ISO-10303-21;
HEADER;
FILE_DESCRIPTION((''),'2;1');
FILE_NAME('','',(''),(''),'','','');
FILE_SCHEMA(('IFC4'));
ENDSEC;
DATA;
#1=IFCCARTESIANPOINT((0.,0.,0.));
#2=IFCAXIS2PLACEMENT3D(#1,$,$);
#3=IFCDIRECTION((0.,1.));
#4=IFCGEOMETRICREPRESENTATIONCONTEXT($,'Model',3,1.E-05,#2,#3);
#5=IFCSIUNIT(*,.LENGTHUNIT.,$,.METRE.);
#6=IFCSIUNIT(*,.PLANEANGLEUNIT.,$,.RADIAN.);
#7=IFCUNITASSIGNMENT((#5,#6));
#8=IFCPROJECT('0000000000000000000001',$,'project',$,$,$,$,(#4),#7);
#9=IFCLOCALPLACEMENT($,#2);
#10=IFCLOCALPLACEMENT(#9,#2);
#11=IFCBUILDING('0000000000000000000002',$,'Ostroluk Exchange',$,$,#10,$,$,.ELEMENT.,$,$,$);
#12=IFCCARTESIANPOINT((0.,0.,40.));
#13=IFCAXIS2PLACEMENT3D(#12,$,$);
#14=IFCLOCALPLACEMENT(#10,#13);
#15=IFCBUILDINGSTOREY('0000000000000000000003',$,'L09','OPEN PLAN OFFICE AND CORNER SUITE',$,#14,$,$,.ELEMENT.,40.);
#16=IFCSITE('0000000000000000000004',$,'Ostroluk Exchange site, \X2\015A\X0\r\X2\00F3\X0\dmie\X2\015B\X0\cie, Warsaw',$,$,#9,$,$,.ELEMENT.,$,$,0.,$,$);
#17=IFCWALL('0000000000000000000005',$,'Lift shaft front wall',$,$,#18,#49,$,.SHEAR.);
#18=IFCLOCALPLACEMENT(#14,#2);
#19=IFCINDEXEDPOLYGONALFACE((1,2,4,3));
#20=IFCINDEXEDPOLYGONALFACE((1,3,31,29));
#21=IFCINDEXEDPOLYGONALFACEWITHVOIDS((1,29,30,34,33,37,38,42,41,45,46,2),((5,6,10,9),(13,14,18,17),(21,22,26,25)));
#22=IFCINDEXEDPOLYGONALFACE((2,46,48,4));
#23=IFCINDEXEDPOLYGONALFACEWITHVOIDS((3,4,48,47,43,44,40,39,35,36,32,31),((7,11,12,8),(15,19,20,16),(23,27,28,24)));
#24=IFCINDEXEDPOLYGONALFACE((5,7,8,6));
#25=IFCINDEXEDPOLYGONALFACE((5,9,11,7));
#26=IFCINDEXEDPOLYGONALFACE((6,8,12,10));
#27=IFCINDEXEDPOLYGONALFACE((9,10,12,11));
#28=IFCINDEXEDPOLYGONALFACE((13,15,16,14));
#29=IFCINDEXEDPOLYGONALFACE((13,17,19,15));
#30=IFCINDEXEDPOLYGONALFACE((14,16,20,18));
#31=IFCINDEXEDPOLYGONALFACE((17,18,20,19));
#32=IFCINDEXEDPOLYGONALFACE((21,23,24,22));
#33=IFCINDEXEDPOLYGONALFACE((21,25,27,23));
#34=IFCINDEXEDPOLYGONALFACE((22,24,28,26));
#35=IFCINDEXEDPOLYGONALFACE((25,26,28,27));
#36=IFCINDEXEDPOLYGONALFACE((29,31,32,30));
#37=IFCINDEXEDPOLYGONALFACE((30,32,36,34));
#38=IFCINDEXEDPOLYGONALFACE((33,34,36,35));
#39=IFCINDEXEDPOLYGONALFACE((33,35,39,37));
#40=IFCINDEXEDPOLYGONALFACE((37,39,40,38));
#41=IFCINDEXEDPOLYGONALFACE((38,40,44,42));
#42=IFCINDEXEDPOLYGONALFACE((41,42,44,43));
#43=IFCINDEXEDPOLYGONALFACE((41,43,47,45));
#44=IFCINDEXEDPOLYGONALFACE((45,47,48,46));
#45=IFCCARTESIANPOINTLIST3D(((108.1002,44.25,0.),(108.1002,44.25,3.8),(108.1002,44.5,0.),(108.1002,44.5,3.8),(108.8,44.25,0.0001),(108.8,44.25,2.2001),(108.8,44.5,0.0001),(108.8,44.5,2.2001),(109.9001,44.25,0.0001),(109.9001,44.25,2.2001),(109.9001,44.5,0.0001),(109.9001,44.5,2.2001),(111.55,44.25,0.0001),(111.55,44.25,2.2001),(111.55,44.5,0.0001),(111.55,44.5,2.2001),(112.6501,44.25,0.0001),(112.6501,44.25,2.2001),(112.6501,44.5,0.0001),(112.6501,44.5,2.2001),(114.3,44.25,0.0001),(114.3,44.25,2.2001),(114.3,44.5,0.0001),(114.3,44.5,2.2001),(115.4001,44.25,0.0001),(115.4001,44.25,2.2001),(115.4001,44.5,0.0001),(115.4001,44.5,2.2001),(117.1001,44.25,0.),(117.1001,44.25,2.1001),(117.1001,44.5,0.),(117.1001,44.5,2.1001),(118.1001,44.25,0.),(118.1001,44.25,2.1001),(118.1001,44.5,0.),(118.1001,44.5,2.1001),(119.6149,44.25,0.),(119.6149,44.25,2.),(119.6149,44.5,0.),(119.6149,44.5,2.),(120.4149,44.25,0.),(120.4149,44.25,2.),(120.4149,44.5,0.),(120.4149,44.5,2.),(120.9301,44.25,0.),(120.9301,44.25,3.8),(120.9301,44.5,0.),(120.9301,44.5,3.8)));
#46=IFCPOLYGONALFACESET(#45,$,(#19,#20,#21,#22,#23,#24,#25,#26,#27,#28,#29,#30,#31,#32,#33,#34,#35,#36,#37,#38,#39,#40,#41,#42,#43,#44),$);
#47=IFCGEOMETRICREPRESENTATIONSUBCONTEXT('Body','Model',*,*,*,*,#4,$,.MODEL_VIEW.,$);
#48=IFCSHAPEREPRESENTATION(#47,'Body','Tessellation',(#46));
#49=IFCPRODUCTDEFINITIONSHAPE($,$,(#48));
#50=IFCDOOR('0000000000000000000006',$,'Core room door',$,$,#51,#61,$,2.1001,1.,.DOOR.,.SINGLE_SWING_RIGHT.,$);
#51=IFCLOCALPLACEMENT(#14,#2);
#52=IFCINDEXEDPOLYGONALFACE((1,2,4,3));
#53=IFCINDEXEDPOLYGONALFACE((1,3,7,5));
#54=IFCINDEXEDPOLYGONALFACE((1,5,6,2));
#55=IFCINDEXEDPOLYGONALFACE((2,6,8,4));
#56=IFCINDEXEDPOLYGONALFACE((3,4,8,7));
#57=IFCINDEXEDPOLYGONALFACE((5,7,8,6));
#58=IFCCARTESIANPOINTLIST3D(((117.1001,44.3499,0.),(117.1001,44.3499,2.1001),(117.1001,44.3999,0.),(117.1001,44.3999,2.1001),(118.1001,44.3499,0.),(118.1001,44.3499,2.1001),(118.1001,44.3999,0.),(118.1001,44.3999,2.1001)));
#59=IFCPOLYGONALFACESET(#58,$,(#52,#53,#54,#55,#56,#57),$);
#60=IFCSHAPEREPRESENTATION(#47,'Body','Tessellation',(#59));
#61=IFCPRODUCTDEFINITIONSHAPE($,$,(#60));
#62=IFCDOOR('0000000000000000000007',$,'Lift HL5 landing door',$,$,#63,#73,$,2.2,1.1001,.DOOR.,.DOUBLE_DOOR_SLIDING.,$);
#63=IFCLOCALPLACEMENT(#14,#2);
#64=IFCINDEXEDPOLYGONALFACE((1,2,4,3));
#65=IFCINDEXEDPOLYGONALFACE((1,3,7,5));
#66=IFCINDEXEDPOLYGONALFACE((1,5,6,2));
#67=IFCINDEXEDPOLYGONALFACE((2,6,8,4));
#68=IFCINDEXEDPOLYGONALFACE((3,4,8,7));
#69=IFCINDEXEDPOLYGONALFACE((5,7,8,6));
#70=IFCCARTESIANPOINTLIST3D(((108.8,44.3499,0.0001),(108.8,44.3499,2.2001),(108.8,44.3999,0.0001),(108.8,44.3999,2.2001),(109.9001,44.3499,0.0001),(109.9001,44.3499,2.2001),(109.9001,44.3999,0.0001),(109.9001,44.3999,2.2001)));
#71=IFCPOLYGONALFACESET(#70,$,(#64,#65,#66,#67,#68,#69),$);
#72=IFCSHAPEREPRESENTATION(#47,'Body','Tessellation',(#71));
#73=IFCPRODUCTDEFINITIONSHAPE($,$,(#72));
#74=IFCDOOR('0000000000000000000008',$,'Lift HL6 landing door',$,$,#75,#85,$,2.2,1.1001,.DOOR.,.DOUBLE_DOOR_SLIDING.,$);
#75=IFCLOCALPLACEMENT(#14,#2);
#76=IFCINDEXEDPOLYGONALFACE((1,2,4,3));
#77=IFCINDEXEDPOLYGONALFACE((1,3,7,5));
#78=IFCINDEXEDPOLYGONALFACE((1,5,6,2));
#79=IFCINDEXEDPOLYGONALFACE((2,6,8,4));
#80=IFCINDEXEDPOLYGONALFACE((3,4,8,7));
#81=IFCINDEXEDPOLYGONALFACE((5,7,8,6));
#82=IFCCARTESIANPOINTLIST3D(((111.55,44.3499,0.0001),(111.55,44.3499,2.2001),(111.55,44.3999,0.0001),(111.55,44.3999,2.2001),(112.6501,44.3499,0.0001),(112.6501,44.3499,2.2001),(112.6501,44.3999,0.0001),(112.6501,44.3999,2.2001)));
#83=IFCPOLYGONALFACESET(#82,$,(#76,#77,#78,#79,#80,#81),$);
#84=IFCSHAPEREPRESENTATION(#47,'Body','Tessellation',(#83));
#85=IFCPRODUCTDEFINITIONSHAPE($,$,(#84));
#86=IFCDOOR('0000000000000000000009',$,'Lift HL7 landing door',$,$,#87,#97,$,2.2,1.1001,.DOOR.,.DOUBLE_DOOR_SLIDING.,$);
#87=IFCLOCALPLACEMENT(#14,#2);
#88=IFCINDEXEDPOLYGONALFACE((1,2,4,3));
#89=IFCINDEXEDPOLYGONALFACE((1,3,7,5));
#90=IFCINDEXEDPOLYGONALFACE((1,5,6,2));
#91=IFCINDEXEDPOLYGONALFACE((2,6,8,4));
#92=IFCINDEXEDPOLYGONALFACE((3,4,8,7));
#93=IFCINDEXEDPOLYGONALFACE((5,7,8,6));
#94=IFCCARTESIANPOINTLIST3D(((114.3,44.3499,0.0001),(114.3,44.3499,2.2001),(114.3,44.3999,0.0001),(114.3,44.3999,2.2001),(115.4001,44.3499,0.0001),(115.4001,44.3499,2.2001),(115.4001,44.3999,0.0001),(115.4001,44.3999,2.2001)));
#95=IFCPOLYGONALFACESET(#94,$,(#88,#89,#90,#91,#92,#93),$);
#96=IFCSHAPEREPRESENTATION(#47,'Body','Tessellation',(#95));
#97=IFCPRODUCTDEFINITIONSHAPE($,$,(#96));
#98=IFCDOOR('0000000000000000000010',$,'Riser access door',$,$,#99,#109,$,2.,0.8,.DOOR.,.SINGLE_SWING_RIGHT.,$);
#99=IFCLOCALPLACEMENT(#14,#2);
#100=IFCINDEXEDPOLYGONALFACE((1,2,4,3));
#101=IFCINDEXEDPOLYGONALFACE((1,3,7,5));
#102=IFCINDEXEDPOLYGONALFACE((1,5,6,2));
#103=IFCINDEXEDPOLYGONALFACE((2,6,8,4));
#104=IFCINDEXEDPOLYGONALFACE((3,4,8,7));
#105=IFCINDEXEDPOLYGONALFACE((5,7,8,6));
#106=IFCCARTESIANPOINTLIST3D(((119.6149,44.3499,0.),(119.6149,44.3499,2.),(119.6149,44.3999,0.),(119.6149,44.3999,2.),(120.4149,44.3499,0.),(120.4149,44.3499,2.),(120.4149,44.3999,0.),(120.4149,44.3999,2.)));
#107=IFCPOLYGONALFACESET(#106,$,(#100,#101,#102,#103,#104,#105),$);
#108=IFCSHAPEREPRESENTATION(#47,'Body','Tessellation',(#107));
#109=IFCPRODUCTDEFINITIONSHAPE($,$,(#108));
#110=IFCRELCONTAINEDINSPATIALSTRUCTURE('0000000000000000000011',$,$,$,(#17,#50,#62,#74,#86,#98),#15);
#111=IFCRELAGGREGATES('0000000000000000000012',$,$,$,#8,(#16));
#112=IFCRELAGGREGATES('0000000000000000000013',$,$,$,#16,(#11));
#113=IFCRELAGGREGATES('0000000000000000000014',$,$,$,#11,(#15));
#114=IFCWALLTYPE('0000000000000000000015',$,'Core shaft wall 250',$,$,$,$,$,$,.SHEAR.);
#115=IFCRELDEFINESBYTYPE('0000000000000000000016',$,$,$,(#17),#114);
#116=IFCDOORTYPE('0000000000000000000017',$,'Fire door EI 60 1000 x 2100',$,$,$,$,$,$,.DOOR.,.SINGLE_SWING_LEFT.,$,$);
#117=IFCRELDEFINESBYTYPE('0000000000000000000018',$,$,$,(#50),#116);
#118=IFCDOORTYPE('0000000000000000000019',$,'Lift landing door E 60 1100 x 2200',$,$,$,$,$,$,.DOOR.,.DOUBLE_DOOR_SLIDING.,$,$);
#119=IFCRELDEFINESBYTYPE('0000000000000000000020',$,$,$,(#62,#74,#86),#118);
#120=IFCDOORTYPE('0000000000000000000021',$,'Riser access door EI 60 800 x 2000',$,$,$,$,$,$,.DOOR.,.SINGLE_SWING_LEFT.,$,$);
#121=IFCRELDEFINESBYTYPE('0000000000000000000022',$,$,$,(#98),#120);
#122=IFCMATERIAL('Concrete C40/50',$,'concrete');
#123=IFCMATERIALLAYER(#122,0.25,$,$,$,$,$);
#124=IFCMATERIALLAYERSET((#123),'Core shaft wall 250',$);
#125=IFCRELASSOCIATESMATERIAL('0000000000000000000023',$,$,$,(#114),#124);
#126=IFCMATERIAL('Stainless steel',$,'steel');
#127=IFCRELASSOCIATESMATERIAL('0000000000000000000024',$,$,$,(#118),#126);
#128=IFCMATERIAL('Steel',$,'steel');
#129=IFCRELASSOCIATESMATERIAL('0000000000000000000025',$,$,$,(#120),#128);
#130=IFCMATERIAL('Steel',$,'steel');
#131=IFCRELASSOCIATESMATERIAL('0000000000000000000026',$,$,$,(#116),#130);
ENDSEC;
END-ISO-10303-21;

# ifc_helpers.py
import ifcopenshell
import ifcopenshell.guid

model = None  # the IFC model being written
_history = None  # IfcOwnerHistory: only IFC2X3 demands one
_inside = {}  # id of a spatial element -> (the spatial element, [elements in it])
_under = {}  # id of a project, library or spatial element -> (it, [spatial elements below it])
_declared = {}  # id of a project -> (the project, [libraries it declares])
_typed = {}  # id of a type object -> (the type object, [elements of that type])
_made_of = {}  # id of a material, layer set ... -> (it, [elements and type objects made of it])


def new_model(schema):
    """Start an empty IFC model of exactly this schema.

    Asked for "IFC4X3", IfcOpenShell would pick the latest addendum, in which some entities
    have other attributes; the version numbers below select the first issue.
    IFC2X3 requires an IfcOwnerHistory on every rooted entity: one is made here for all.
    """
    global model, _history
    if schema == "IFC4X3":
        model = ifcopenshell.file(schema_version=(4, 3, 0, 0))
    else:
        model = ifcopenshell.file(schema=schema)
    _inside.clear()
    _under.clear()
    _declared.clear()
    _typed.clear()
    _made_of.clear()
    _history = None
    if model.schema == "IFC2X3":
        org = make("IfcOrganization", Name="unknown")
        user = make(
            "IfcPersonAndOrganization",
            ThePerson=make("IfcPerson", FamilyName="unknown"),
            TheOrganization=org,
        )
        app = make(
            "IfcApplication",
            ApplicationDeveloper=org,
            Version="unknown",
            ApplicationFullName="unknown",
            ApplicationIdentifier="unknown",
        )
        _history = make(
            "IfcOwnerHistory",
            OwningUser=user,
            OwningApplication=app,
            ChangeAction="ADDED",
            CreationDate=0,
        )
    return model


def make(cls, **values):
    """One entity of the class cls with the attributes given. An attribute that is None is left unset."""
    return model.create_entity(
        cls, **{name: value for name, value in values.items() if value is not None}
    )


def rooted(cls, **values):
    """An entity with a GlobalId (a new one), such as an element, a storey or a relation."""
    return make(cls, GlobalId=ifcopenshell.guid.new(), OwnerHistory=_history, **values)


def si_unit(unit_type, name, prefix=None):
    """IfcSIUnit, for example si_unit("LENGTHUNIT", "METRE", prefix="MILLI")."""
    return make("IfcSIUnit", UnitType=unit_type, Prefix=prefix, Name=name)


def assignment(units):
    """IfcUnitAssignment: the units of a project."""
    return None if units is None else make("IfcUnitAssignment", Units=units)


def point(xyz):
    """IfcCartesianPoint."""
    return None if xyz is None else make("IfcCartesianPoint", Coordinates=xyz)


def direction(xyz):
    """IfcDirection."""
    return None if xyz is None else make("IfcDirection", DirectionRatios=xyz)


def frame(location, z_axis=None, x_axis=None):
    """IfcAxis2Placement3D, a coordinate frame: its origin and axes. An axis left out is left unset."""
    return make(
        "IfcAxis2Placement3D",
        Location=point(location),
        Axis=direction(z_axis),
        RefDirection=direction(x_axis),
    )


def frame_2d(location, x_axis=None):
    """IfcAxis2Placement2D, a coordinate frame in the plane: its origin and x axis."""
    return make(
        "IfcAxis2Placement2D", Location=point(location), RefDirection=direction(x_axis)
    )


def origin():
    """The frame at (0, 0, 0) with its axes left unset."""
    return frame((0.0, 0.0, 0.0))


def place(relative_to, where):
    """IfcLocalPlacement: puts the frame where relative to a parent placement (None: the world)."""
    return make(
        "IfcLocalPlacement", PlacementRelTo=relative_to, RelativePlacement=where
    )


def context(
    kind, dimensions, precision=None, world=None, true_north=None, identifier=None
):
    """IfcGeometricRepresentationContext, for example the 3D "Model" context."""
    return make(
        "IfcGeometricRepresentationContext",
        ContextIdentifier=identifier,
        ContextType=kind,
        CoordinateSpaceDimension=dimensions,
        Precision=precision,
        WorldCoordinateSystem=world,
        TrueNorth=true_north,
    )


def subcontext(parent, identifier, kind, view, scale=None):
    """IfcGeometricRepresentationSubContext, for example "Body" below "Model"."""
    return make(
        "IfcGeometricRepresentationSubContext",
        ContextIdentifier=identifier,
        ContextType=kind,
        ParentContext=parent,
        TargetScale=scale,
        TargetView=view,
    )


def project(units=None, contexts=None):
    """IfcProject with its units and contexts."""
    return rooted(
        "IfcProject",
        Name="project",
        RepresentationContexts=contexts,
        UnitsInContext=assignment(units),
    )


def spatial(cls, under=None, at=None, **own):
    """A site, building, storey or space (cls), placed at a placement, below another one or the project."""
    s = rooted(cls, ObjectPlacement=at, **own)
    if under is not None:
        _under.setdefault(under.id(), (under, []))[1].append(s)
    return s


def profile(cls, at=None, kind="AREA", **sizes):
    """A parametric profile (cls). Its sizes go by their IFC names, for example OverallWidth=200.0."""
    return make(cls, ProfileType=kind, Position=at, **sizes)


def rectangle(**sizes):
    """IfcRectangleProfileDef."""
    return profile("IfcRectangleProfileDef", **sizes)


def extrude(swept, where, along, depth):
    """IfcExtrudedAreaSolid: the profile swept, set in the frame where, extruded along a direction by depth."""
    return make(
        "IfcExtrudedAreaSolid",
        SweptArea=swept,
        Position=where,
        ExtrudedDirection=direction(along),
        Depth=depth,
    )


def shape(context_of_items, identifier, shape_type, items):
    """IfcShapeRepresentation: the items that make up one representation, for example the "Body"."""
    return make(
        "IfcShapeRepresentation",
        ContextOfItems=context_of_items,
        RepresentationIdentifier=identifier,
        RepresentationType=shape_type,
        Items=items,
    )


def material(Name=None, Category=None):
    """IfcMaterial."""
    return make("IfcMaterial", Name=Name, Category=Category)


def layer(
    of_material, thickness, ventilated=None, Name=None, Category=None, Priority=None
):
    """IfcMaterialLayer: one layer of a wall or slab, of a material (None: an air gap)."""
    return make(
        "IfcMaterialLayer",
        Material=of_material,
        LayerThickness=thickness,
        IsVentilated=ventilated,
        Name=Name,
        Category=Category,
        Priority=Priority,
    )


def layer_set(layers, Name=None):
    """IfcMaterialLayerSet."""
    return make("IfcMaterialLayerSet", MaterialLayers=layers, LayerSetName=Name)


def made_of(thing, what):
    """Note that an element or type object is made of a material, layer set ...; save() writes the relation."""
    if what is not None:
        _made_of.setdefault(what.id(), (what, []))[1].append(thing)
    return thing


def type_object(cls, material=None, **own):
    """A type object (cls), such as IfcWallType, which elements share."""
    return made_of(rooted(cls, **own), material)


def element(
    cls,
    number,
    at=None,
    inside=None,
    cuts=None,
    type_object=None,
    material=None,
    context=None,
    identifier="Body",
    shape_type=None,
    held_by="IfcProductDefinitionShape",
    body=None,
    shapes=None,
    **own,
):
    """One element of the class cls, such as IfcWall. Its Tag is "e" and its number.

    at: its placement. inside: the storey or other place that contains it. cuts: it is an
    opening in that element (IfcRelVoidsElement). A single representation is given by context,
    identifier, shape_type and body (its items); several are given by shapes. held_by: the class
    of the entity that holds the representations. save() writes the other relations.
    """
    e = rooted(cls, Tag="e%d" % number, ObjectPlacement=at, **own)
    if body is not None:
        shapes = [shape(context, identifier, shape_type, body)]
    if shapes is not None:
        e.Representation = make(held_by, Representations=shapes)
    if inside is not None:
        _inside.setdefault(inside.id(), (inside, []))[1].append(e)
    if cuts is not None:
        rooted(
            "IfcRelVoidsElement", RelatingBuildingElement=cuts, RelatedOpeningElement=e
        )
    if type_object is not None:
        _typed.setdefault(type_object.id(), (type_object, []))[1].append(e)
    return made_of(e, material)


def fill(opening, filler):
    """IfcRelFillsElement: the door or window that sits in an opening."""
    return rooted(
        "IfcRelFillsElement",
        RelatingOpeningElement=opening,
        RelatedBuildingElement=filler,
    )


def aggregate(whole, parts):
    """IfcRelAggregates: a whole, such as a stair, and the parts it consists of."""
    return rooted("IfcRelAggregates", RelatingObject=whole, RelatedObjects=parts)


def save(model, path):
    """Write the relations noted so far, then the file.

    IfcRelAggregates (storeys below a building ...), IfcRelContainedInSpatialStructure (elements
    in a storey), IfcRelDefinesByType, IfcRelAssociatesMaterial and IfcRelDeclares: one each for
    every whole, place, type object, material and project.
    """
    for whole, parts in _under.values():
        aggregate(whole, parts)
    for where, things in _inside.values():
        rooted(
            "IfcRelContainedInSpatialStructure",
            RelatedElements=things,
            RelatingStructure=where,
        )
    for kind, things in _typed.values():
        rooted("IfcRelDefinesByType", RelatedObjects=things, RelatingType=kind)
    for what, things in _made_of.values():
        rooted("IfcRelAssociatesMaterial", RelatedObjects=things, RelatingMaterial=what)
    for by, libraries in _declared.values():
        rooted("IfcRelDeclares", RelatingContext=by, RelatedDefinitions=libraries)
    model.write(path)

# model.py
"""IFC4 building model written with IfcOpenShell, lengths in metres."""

from ifc_helpers import new_model, si_unit, direction, frame, frame_2d, origin, place, context, subcontext, project, spatial, rectangle, extrude, material, layer, layer_set, type_object, element, fill, save


model = new_model("IFC4")

# Units and contexts
model_context = context("Model", 3, precision=1e-05, world=origin(), true_north=direction((0.0, 1.0)))
body_context = subcontext(model_context, "Body", "Model", "MODEL_VIEW")
ifc_project = project(units=[si_unit("LENGTHUNIT", "METRE"), si_unit("PLANEANGLEUNIT", "RADIAN")], contexts=[model_context])

# Site, building, storey
site_placement = place(None, origin())
site = spatial("IfcSite", under=ifc_project, at=site_placement, Name="Ostroluk Exchange site, Śródmieście, Warsaw", CompositionType="ELEMENT", RefElevation=0.0)
building_placement = place(site_placement, origin())
building = spatial("IfcBuilding", under=site, at=building_placement, Name="Ostroluk Exchange", CompositionType="ELEMENT")
storey_placement = place(building_placement, frame((0.0, 0.0, 40.0)))
storey = spatial("IfcBuildingStorey", under=building, at=storey_placement, Name="L09", Description="OPEN PLAN OFFICE AND CORNER SUITE", CompositionType="ELEMENT", Elevation=40.0)

# Shared definitions
ifc_material_1 = material(Name="Concrete C40/50", Category="concrete")
ifc_layer_1 = layer(ifc_material_1, 0.25)
ifc_layer_set_1 = layer_set([ifc_layer_1], Name="Core shaft wall 250")
wall_type_1 = type_object("IfcWallType", Name="Core shaft wall 250", PredefinedType="SHEAR", material=ifc_layer_set_1)

# Shared definitions
ifc_material_2 = material(Name="Stainless steel", Category="steel")
door_type_1 = type_object("IfcDoorType", Name="Lift landing door E 60 1100 x 2200", OperationType="DOUBLE_DOOR_SLIDING", PredefinedType="DOOR", material=ifc_material_2)
ifc_material_3 = material(Name="Steel", Category="steel")
door_type_2 = type_object("IfcDoorType", Name="Riser access door EI 60 800 x 2000", OperationType="SINGLE_SWING_LEFT", PredefinedType="DOOR", material=ifc_material_3)

# Wall, openings, doors
wall_1_placement = place(storey_placement, frame((108.1001, 44.375, 0.0), z_axis=(0.0, 0.0, 1.0), x_axis=(1.0, 0.0, 0.0)))
wall_1 = element("IfcWall", 1, at=wall_1_placement, inside=storey, type_object=wall_type_1, Name="Lift shaft front wall", PredefinedType="SHEAR", context=body_context, shape_type="SweptSolid", body=[
    extrude(rectangle(XDim=12.8298, YDim=0.25, at=frame_2d((6.415, 0.0))), origin(), (0.0, 0.0, 1.0), 3.8),
])
opening_1_placement = place(wall_1_placement, frame((0.7, 0.0, 0.0)))
opening_1 = element("IfcOpeningElement", 2, at=opening_1_placement, cuts=wall_1, PredefinedType="OPENING", context=body_context, shape_type="SweptSolid", body=[
    extrude(rectangle(XDim=1.1001, YDim=2.2, at=frame_2d((0.55, 1.1001))), frame((0.0, 0.135, 0.0), z_axis=(0.0, -1.0, 0.0), x_axis=(1.0, 0.0, 0.0)), (0.0, 0.0, 1.0), 0.27),
])
opening_2_placement = place(wall_1_placement, frame((3.45, 0.0, 0.0)))
opening_2 = element("IfcOpeningElement", 3, at=opening_2_placement, cuts=wall_1, PredefinedType="OPENING", context=body_context, shape_type="SweptSolid", body=[
    extrude(rectangle(XDim=1.1001, YDim=2.2, at=frame_2d((0.55, 1.1001))), frame((0.0, 0.135, 0.0), z_axis=(0.0, -1.0, 0.0), x_axis=(1.0, 0.0, 0.0)), (0.0, 0.0, 1.0), 0.27),
])
opening_3_placement = place(wall_1_placement, frame((6.2, 0.0, 0.0)))
opening_3 = element("IfcOpeningElement", 4, at=opening_3_placement, cuts=wall_1, PredefinedType="OPENING", context=body_context, shape_type="SweptSolid", body=[
    extrude(rectangle(XDim=1.1001, YDim=2.2, at=frame_2d((0.55, 1.1001))), frame((0.0, 0.135, 0.0), z_axis=(0.0, -1.0, 0.0), x_axis=(1.0, 0.0, 0.0)), (0.0, 0.0, 1.0), 0.27),
])
opening_4_placement = place(wall_1_placement, frame((9.0, 0.0, 0.0)))
opening_4 = element("IfcOpeningElement", 5, at=opening_4_placement, cuts=wall_1, PredefinedType="OPENING", context=body_context, shape_type="SweptSolid", body=[
    extrude(rectangle(XDim=1.0, YDim=2.1001, at=frame_2d((0.5, 1.05))), frame((0.0, 0.135, 0.0), z_axis=(0.0, -1.0, 0.0), x_axis=(1.0, 0.0, 0.0)), (0.0, 0.0, 1.0), 0.27),
])
opening_5_placement = place(wall_1_placement, frame((11.5149, 0.0, 0.0)))
opening_5 = element("IfcOpeningElement", 6, at=opening_5_placement, cuts=wall_1, PredefinedType="OPENING", context=body_context, shape_type="SweptSolid", body=[
    extrude(rectangle(XDim=0.8, YDim=2.0, at=frame_2d((0.3999, 1.0))), frame((0.0, 0.135, 0.0), z_axis=(0.0, -1.0, 0.0), x_axis=(1.0, 0.0, 0.0)), (0.0, 0.0, 1.0), 0.27),
])
ifc_material_4 = material(Name="Steel", Category="steel")
door_type_3 = type_object("IfcDoorType", Name="Fire door EI 60 1000 x 2100", OperationType="SINGLE_SWING_LEFT", PredefinedType="DOOR", material=ifc_material_4)
door_1_placement = place(opening_4_placement, origin())
door_1 = element("IfcDoor", 7, at=door_1_placement, inside=storey, type_object=door_type_3, Name="Core room door", OperationType="SINGLE_SWING_RIGHT", OverallHeight=2.1001, OverallWidth=1.0, PredefinedType="DOOR", context=body_context, shape_type="SweptSolid", body=[
    extrude(rectangle(XDim=1.0, YDim=2.1001, at=frame_2d((0.5, 1.05))), frame((0.0, 0.0249, 0.0), z_axis=(0.0, -1.0, 0.0), x_axis=(1.0, 0.0, 0.0)), (0.0, 0.0, 1.0), 0.05),
])
fill(opening_4, door_1)
door_2_placement = place(opening_1_placement, origin())
door_2 = element("IfcDoor", 8, at=door_2_placement, inside=storey, type_object=door_type_1, Name="Lift HL5 landing door", OperationType="DOUBLE_DOOR_SLIDING", OverallHeight=2.2, OverallWidth=1.1001, PredefinedType="DOOR", context=body_context, shape_type="SweptSolid", body=[
    extrude(rectangle(XDim=1.1001, YDim=2.2, at=frame_2d((0.55, 1.1001))), frame((0.0, 0.0249, 0.0), z_axis=(0.0, -1.0, 0.0), x_axis=(1.0, 0.0, 0.0)), (0.0, 0.0, 1.0), 0.05),
])
fill(opening_1, door_2)
door_3_placement = place(opening_2_placement, origin())
door_3 = element("IfcDoor", 9, at=door_3_placement, inside=storey, type_object=door_type_1, Name="Lift HL6 landing door", OperationType="DOUBLE_DOOR_SLIDING", OverallHeight=2.2, OverallWidth=1.1001, PredefinedType="DOOR", context=body_context, shape_type="SweptSolid", body=[
    extrude(rectangle(XDim=1.1001, YDim=2.2, at=frame_2d((0.55, 1.1001))), frame((0.0, 0.0249, 0.0), z_axis=(0.0, -1.0, 0.0), x_axis=(1.0, 0.0, 0.0)), (0.0, 0.0, 1.0), 0.05),
])
fill(opening_2, door_3)
door_4_placement = place(opening_3_placement, origin())
door_4 = element("IfcDoor", 10, at=door_4_placement, inside=storey, type_object=door_type_1, Name="Lift HL7 landing door", OperationType="DOUBLE_DOOR_SLIDING", OverallHeight=2.2, OverallWidth=1.1001, PredefinedType="DOOR", context=body_context, shape_type="SweptSolid", body=[
    extrude(rectangle(XDim=1.1001, YDim=2.2, at=frame_2d((0.55, 1.1001))), frame((0.0, 0.0249, 0.0), z_axis=(0.0, -1.0, 0.0), x_axis=(1.0, 0.0, 0.0)), (0.0, 0.0, 1.0), 0.05),
])
fill(opening_3, door_4)
door_5_placement = place(opening_5_placement, origin())
door_5 = element("IfcDoor", 11, at=door_5_placement, inside=storey, type_object=door_type_2, Name="Riser access door", OperationType="SINGLE_SWING_RIGHT", OverallHeight=2.0, OverallWidth=0.8, PredefinedType="DOOR", context=body_context, shape_type="SweptSolid", body=[
    extrude(rectangle(XDim=0.8, YDim=2.0, at=frame_2d((0.3999, 1.0))), frame((0.0, 0.0249, 0.0), z_axis=(0.0, -1.0, 0.0), x_axis=(1.0, 0.0, 0.0)), (0.0, 0.0, 1.0), 0.05),
])
fill(opening_5, door_5)

save(model, "model.ifc")
